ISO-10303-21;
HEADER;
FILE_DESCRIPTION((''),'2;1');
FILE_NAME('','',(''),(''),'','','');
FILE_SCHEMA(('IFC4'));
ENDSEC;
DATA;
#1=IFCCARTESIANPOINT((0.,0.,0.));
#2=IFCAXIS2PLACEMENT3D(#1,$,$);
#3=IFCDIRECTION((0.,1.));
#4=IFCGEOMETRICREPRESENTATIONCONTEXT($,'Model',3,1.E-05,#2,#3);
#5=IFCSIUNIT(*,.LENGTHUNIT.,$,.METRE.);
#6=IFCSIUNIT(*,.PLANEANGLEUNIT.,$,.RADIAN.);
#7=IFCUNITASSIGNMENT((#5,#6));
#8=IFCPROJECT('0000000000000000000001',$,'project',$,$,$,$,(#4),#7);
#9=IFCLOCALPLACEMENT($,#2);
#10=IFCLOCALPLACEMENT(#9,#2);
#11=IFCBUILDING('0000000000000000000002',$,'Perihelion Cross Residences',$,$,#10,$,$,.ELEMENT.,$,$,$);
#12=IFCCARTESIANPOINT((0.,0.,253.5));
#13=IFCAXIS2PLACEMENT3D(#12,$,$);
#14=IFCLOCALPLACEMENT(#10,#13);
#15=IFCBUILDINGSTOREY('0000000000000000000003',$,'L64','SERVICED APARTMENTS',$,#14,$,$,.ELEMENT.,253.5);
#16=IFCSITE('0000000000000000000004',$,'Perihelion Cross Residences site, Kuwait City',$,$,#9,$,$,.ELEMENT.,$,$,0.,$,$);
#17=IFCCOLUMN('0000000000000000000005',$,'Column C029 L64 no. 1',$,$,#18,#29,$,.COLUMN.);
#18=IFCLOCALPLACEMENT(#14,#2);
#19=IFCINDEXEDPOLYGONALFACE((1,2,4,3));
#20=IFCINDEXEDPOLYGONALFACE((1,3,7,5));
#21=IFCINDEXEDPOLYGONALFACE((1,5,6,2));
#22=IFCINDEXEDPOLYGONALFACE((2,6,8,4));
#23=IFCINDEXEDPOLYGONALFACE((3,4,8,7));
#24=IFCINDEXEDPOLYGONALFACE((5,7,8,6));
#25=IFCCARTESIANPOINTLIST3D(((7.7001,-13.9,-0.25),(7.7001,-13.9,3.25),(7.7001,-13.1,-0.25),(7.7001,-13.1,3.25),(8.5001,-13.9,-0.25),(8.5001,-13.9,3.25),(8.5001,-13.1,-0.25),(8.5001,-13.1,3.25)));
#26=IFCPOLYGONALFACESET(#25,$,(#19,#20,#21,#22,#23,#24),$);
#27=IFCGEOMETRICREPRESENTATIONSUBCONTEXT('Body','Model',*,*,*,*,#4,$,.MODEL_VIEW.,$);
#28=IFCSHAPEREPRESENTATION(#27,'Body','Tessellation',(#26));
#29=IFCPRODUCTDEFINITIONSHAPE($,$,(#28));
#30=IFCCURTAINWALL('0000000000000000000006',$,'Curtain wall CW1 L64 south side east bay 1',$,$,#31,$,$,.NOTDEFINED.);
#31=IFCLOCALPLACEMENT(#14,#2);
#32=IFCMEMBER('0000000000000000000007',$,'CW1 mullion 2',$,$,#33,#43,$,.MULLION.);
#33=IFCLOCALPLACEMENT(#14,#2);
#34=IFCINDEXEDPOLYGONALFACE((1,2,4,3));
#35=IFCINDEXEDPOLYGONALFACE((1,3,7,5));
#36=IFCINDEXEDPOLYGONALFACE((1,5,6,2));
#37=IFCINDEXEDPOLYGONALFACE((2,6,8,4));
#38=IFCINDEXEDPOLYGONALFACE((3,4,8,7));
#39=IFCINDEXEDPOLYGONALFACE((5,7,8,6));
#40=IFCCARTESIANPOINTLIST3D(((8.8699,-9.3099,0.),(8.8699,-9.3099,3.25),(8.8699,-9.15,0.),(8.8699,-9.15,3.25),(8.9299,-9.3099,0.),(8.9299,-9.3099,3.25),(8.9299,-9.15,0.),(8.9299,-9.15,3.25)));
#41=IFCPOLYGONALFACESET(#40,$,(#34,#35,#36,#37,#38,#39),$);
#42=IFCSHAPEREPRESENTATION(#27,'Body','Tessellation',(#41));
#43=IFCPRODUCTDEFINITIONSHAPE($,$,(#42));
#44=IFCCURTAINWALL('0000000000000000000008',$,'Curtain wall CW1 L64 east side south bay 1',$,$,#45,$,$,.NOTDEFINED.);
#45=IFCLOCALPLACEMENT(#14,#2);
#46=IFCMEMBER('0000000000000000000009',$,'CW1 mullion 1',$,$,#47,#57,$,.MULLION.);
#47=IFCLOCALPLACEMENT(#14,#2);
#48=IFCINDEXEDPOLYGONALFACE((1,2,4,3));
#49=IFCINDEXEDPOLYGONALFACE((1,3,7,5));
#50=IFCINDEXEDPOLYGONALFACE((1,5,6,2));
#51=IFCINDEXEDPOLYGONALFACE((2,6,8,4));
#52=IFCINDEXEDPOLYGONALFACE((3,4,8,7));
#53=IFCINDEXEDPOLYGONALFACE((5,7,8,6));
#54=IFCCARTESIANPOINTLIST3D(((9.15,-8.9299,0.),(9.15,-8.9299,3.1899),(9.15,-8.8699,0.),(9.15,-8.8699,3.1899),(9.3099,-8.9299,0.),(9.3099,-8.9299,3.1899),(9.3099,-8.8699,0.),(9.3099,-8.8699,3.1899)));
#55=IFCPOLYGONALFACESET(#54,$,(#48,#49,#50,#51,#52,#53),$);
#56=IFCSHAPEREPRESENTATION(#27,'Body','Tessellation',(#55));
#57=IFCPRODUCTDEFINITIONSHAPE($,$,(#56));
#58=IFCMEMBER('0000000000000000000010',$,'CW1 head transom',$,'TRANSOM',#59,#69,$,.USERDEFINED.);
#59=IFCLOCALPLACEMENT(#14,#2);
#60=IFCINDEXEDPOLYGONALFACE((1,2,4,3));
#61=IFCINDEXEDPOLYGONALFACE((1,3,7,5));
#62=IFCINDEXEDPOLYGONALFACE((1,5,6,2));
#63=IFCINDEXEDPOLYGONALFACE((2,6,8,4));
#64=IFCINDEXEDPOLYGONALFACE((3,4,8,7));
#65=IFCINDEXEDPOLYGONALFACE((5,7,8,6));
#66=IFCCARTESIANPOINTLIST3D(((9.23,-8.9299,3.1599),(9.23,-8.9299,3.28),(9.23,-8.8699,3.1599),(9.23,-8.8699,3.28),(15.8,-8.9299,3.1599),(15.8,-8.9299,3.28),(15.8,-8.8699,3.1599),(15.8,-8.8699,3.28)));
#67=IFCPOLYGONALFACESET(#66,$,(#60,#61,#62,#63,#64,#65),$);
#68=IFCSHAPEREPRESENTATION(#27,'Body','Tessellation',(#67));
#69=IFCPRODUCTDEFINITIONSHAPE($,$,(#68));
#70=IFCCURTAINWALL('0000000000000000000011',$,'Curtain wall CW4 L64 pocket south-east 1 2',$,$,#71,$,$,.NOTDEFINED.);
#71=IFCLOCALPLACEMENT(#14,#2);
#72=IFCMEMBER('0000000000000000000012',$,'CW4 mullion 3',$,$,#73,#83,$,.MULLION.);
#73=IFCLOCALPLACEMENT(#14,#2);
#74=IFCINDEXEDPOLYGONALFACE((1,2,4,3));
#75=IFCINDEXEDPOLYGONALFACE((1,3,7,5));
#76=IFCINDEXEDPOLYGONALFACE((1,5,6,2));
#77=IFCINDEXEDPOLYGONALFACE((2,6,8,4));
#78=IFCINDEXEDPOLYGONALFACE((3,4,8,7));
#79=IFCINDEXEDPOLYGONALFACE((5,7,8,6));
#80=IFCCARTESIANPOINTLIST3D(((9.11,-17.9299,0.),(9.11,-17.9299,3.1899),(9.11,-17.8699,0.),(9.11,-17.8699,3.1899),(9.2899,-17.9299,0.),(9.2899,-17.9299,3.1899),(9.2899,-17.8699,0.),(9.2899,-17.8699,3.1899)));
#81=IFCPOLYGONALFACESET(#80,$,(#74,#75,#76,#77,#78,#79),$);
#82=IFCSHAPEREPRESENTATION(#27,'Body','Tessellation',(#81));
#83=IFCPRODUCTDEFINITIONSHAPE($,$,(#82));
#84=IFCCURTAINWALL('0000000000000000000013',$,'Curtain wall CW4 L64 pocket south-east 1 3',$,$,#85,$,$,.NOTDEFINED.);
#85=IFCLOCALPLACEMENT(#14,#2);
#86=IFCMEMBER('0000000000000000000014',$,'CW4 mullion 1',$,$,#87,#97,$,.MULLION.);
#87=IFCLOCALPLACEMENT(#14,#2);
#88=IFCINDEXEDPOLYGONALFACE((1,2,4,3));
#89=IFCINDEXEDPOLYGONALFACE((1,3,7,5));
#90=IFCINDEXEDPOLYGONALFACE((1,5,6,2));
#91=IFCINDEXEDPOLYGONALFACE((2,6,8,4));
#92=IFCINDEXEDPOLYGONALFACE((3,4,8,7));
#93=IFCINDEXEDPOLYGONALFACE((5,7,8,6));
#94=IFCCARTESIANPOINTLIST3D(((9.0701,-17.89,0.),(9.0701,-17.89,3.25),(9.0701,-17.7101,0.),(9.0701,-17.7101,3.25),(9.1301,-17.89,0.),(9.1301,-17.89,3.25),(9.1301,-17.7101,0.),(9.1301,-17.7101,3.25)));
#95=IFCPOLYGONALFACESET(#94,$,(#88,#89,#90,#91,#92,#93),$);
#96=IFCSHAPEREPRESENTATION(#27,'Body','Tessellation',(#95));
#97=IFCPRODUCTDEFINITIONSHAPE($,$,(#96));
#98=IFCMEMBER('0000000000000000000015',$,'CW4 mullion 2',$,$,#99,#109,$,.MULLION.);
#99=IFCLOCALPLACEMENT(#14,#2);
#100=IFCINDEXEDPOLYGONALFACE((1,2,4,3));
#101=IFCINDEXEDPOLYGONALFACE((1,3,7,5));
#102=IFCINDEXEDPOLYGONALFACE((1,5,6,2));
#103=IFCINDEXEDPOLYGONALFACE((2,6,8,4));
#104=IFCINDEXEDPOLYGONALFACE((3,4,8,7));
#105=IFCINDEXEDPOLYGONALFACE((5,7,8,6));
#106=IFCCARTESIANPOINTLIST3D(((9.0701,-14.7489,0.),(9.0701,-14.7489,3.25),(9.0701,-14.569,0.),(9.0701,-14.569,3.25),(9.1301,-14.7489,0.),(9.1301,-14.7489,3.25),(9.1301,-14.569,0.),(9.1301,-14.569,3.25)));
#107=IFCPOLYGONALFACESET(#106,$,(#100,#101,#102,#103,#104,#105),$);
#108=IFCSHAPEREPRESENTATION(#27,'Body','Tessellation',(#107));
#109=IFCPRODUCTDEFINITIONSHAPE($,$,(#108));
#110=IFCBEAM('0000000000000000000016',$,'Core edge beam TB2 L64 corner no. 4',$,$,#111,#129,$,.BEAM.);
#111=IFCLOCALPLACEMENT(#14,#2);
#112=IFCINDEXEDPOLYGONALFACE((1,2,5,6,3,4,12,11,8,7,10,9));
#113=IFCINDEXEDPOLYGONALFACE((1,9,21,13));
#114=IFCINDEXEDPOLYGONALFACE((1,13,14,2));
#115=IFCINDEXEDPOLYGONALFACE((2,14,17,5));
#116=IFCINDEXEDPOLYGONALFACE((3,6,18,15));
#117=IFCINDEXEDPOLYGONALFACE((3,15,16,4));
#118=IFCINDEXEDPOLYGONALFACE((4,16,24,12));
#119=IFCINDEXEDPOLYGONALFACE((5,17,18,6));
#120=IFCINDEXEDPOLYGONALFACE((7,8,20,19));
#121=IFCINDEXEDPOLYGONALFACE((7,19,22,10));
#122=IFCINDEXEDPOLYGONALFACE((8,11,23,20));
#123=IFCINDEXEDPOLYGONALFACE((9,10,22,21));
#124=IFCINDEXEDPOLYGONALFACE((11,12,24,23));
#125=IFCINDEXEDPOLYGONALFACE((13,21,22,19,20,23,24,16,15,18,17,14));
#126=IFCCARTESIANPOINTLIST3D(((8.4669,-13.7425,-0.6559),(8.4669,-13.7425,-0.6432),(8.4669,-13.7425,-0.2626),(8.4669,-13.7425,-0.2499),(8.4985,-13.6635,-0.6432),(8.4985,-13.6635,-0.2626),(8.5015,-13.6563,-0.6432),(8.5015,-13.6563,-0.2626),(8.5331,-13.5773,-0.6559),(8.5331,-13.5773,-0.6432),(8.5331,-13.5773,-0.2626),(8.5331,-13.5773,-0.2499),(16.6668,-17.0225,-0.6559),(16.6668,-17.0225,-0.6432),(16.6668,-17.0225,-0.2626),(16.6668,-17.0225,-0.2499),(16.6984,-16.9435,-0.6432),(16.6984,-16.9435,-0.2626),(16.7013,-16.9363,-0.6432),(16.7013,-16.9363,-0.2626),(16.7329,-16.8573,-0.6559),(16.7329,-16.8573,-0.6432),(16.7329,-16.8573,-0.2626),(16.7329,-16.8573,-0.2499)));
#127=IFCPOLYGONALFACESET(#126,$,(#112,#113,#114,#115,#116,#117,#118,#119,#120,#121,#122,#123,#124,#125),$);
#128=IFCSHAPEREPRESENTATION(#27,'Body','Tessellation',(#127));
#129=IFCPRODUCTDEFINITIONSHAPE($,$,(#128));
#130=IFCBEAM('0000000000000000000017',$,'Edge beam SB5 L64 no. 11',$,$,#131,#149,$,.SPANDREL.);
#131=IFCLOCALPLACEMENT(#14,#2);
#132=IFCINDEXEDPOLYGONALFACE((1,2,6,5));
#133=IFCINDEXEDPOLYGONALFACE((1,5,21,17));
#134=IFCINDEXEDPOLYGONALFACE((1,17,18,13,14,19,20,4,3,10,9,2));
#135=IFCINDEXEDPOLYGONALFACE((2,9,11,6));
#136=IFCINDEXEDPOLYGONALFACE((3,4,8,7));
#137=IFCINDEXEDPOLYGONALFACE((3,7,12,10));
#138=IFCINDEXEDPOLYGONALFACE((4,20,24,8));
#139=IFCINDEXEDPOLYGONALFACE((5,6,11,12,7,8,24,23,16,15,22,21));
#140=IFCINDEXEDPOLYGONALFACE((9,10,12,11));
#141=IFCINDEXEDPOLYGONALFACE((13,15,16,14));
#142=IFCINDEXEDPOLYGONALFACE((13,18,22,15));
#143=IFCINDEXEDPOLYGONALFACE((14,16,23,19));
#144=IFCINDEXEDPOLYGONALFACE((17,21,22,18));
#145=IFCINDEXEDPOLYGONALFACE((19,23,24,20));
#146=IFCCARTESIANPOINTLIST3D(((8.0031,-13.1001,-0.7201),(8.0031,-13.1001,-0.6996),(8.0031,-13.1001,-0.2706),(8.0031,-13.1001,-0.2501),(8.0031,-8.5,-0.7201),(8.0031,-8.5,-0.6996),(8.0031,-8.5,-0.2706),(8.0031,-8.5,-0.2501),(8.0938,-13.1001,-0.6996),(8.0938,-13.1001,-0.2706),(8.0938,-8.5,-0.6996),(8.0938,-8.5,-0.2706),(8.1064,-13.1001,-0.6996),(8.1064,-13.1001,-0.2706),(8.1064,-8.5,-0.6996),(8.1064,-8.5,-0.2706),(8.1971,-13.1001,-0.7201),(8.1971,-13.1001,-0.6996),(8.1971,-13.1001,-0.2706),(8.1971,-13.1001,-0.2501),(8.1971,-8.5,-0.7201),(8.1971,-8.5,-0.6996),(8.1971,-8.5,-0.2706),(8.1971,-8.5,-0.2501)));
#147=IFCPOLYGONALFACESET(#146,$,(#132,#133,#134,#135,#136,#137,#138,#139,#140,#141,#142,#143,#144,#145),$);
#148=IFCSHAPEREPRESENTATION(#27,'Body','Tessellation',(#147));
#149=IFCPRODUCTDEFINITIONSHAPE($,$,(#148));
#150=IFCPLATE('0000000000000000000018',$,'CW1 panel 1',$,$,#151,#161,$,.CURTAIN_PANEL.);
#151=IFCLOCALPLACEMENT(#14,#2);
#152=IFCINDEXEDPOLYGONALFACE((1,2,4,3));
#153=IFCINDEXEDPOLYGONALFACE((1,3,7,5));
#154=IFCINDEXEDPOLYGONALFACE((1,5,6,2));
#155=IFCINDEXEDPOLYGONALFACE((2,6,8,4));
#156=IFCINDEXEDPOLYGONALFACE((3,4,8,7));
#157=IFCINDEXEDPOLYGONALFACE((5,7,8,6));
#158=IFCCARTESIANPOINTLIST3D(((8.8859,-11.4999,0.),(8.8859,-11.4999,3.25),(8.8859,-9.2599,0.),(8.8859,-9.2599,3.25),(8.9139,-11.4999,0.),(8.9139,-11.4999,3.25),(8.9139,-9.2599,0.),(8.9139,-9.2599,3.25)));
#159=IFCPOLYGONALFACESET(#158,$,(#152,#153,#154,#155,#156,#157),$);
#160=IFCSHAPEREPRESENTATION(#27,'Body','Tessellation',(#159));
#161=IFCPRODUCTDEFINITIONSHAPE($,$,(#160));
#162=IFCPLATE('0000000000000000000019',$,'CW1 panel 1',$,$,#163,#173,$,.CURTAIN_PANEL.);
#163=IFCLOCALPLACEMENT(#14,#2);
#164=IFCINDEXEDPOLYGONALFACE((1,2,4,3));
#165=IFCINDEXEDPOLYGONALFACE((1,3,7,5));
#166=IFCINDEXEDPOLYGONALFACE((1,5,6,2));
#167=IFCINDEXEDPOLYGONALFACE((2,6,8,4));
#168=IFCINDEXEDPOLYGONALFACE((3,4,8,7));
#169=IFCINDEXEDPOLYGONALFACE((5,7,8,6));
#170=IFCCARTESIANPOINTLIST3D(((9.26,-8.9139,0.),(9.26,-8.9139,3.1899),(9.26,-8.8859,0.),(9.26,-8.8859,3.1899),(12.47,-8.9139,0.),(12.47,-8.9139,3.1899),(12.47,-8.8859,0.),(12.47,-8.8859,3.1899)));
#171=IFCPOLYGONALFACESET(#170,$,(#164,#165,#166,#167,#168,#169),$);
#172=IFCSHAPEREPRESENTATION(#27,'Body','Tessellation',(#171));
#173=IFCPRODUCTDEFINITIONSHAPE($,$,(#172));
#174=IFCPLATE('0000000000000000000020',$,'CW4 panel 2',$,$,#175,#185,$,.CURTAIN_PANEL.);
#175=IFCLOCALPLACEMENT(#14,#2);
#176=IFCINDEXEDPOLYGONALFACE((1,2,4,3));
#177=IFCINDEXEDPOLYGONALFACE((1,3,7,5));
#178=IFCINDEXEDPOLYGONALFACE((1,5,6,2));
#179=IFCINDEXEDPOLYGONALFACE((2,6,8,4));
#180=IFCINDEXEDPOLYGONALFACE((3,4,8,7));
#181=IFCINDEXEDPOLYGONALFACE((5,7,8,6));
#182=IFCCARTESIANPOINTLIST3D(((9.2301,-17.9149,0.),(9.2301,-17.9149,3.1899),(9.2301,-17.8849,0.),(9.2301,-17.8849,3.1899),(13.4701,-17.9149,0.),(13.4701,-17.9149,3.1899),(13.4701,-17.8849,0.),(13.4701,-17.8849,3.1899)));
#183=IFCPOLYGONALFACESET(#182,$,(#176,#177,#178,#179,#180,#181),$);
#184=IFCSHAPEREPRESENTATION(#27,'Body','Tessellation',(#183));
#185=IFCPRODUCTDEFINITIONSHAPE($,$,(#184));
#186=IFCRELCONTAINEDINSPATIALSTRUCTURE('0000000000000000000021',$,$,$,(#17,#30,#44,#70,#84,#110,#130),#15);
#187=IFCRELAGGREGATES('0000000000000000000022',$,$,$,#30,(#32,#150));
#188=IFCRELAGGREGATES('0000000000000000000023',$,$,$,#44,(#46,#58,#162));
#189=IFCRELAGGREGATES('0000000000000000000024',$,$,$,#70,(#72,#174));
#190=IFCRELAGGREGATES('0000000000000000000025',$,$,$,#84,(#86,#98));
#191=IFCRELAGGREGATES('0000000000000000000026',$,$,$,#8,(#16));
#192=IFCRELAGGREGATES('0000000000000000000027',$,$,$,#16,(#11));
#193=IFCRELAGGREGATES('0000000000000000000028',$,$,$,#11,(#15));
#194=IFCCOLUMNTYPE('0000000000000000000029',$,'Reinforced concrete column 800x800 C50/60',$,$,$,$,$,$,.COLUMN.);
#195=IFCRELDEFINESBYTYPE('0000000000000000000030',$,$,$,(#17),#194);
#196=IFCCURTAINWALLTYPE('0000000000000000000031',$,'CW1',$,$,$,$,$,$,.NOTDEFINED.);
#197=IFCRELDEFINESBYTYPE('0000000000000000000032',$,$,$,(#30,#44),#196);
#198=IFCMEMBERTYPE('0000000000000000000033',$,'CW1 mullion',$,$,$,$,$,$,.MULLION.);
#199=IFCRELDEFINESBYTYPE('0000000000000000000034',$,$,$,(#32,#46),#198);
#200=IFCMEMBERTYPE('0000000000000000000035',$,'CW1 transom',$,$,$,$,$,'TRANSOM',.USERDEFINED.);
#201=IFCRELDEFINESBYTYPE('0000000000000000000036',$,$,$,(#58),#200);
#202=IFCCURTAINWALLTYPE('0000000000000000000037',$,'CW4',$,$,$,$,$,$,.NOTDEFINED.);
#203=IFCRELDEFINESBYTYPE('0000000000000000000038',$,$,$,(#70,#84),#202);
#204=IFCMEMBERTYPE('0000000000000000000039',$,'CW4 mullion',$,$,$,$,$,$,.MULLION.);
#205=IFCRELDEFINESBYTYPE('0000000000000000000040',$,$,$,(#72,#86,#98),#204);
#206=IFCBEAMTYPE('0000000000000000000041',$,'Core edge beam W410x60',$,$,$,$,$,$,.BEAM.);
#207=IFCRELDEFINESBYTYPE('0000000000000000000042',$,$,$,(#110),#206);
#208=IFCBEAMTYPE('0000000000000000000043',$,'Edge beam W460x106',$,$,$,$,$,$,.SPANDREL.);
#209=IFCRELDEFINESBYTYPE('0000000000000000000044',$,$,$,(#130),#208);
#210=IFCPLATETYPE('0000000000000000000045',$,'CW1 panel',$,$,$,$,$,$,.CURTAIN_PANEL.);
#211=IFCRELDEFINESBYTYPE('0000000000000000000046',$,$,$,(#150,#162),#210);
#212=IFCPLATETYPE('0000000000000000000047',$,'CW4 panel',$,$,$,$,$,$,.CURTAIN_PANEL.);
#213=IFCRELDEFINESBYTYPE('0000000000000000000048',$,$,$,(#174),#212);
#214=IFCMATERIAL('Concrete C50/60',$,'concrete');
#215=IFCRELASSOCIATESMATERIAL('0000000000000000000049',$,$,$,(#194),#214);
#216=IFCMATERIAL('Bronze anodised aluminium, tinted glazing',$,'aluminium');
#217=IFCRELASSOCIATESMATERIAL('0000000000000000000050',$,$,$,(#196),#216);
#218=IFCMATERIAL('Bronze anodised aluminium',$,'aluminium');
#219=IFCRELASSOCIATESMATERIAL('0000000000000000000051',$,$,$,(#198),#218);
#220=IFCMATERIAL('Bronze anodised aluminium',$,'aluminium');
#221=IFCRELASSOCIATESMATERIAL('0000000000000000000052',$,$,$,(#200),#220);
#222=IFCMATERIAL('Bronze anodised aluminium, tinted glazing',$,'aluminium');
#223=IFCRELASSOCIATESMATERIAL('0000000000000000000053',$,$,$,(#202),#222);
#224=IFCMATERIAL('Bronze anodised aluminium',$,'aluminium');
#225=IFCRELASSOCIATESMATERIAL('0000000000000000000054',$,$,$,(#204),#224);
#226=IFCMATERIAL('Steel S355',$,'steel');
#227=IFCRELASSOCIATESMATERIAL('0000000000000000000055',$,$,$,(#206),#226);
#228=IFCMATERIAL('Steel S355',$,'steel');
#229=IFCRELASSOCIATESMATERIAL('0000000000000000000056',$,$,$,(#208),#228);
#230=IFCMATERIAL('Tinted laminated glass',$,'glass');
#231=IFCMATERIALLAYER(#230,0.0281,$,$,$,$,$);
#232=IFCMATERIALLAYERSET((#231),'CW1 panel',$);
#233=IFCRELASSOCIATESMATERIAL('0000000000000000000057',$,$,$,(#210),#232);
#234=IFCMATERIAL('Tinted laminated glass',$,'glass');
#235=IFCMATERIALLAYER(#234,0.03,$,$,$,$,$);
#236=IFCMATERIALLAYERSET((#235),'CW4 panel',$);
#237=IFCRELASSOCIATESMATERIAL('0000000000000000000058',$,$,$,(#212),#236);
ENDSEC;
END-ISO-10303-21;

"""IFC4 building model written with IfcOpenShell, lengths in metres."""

from ifc_helpers import new_model, si_unit, direction, frame, origin, origin_2d, place, context, subcontext, project, spatial, rectangle, i_section, extrude, material, layer, layer_set, material_profile, profile_set, type_object, element, aggregate, save


model = new_model("IFC4")

# Units and contexts
model_context = context("Model", 3, precision=1e-05, world=origin(), true_north=direction((0.0, 1.0)))
body_context = subcontext(model_context, "Body", "Model", "MODEL_VIEW")
ifc_project = project(units=[si_unit("LENGTHUNIT", "METRE"), si_unit("PLANEANGLEUNIT", "RADIAN")], contexts=[model_context])

# Site, building, storey
site_placement = place(None, origin())
site = spatial("IfcSite", under=ifc_project, at=site_placement, Name="Perihelion Cross Residences site, Kuwait City", CompositionType="ELEMENT", RefElevation=0.0)
building_placement = place(site_placement, origin())
building = spatial("IfcBuilding", under=site, at=building_placement, Name="Perihelion Cross Residences", CompositionType="ELEMENT")
storey_placement = place(building_placement, frame((0.0, 0.0, 253.5)))
storey = spatial("IfcBuildingStorey", under=building, at=storey_placement, Name="L64", Description="SERVICED APARTMENTS", CompositionType="ELEMENT", Elevation=253.5)

# Column
ifc_material_1 = material(Name="Concrete C50/60", Category="concrete")
ifc_material_profile_1 = material_profile(ifc_material_1, rectangle(XDim=0.8, YDim=0.8, at=origin_2d()), Name="RC 800x800")
ifc_profile_set_1 = profile_set([ifc_material_profile_1], Name="Concrete C50/60")
column_type = type_object("IfcColumnType", Name="Reinforced concrete column 800x800 C50/60", PredefinedType="COLUMN", material=ifc_profile_set_1)
column_placement = place(storey_placement, frame((8.1001, -13.5, -0.25), z_axis=(0.0, 0.0, 1.0), x_axis=(1.0, 0.0, 0.0)))
element("IfcColumn", 1, at=column_placement, inside=storey, type_object=column_type, Name="Column C029 L64 no. 1", PredefinedType="COLUMN", context=body_context, shape_type="SweptSolid", body=[
    extrude(rectangle(XDim=0.8, YDim=0.8, at=origin_2d()), origin(), (0.0, 0.0, 1.0), 3.5),
])

# Curtain wall, member
ifc_material_2 = material(Name="Bronze anodised aluminium, tinted glazing", Category="aluminium")
curtain_wall_type_1 = type_object("IfcCurtainWallType", Name="CW1", PredefinedType="NOTDEFINED", material=ifc_material_2)
curtain_wall_1_placement = place(storey_placement, origin())
curtain_wall_1 = element("IfcCurtainWall", 2, at=curtain_wall_1_placement, inside=storey, type_object=curtain_wall_type_1, Name="Curtain wall CW1 L64 south side east bay 1", PredefinedType="NOTDEFINED")
ifc_material_3 = material(Name="Bronze anodised aluminium", Category="aluminium")
ifc_material_profile_2 = material_profile(ifc_material_3, rectangle(XDim=0.0601, YDim=0.1599, at=origin_2d()), Name="CW1 mullion")
ifc_profile_set_2 = profile_set([ifc_material_profile_2], Name="Bronze anodised aluminium")
member_type_1 = type_object("IfcMemberType", Name="CW1 mullion", PredefinedType="MULLION", material=ifc_profile_set_2)
member_1_placement = place(storey_placement, frame((8.8999, -9.23, 0.0), z_axis=(0.0, 0.0, 1.0), x_axis=(-1.0, 0.0, 0.0)))
member_1 = element("IfcMember", 3, at=member_1_placement, type_object=member_type_1, Name="CW1 mullion 2", PredefinedType="MULLION", context=body_context, shape_type="SweptSolid", body=[
    extrude(rectangle(XDim=0.0601, YDim=0.1599, at=origin_2d()), origin(), (0.0, 0.0, 1.0), 3.25),
])

# Curtain wall, members
curtain_wall_2_placement = place(storey_placement, origin())
curtain_wall_2 = element("IfcCurtainWall", 4, at=curtain_wall_2_placement, inside=storey, type_object=curtain_wall_type_1, Name="Curtain wall CW1 L64 east side south bay 1", PredefinedType="NOTDEFINED")
member_2_placement = place(storey_placement, frame((9.23, -8.8999, 0.0), z_axis=(0.0, 0.0, 1.0), x_axis=(0.0, 1.0, 0.0)))
member_2 = element("IfcMember", 5, at=member_2_placement, type_object=member_type_1, Name="CW1 mullion 1", PredefinedType="MULLION", context=body_context, shape_type="SweptSolid", body=[
    extrude(rectangle(XDim=0.0601, YDim=0.1599, at=origin_2d()), origin(), (0.0, 0.0, 1.0), 3.1899),
])
ifc_material_4 = material(Name="Bronze anodised aluminium", Category="aluminium")
ifc_material_profile_3 = material_profile(ifc_material_4, rectangle(XDim=0.0601, YDim=0.1201, at=origin_2d()), Name="CW1 transom")
ifc_profile_set_3 = profile_set([ifc_material_profile_3], Name="Bronze anodised aluminium")
member_type_2 = type_object("IfcMemberType", Name="CW1 transom", ElementType="TRANSOM", PredefinedType="USERDEFINED", material=ifc_profile_set_3)
member_3_placement = place(storey_placement, frame((9.23, -8.8999, 3.22), z_axis=(1.0, 0.0, 0.0), x_axis=(0.0, 1.0, 0.0)))
member_3 = element("IfcMember", 6, at=member_3_placement, type_object=member_type_2, Name="CW1 head transom", ObjectType="TRANSOM", PredefinedType="USERDEFINED", context=body_context, shape_type="SweptSolid", body=[
    extrude(rectangle(XDim=0.0601, YDim=0.1201, at=origin_2d()), origin(), (0.0, 0.0, 1.0), 6.5701),
])

# Curtain wall, member
ifc_material_5 = material(Name="Bronze anodised aluminium, tinted glazing", Category="aluminium")
curtain_wall_type_2 = type_object("IfcCurtainWallType", Name="CW4", PredefinedType="NOTDEFINED", material=ifc_material_5)
curtain_wall_3_placement = place(storey_placement, origin())
curtain_wall_3 = element("IfcCurtainWall", 7, at=curtain_wall_3_placement, inside=storey, type_object=curtain_wall_type_2, Name="Curtain wall CW4 L64 pocket south-east 1 2", PredefinedType="NOTDEFINED")
ifc_material_6 = material(Name="Bronze anodised aluminium", Category="aluminium")
ifc_material_profile_4 = material_profile(ifc_material_6, rectangle(XDim=0.0601, YDim=0.1799, at=origin_2d()), Name="CW4 mullion")
ifc_profile_set_4 = profile_set([ifc_material_profile_4], Name="Bronze anodised aluminium")
member_type_3 = type_object("IfcMemberType", Name="CW4 mullion", PredefinedType="MULLION", material=ifc_profile_set_4)
member_4_placement = place(storey_placement, frame((9.2, -17.8999, 0.0), z_axis=(0.0, 0.0, 1.0), x_axis=(0.0, -1.0, 0.0)))
member_4 = element("IfcMember", 8, at=member_4_placement, type_object=member_type_3, Name="CW4 mullion 3", PredefinedType="MULLION", context=body_context, shape_type="SweptSolid", body=[
    extrude(rectangle(XDim=0.0601, YDim=0.1799, at=origin_2d()), origin(), (0.0, 0.0, 1.0), 3.1899),
])

# Curtain wall, members
curtain_wall_4_placement = place(storey_placement, origin())
curtain_wall_4 = element("IfcCurtainWall", 9, at=curtain_wall_4_placement, inside=storey, type_object=curtain_wall_type_2, Name="Curtain wall CW4 L64 pocket south-east 1 3", PredefinedType="NOTDEFINED")
member_5_placement = place(storey_placement, frame((9.1001, -17.8, 0.0), z_axis=(0.0, 0.0, 1.0), x_axis=(-1.0, 0.0, 0.0)))
member_5 = element("IfcMember", 10, at=member_5_placement, type_object=member_type_3, Name="CW4 mullion 1", PredefinedType="MULLION", context=body_context, shape_type="SweptSolid", body=[
    extrude(rectangle(XDim=0.0601, YDim=0.1799, at=origin_2d()), origin(), (0.0, 0.0, 1.0), 3.25),
])
member_6_placement = place(storey_placement, frame((9.1001, -14.6589, 0.0), z_axis=(0.0, 0.0, 1.0), x_axis=(-1.0, 0.0, 0.0)))
member_6 = element("IfcMember", 11, at=member_6_placement, type_object=member_type_3, Name="CW4 mullion 2", PredefinedType="MULLION", context=body_context, shape_type="SweptSolid", body=[
    extrude(rectangle(XDim=0.0601, YDim=0.1799, at=origin_2d()), origin(), (0.0, 0.0, 1.0), 3.25),
])

# Beams
ifc_material_7 = material(Name="Steel S355", Category="steel")
ifc_material_profile_5 = material_profile(ifc_material_7, i_section(OverallWidth=0.178, OverallDepth=0.406, WebThickness=0.0078, FlangeThickness=0.0127, at=origin_2d()), Name="W410x60")
ifc_profile_set_5 = profile_set([ifc_material_profile_5], Name="Steel S355")
beam_type_1 = type_object("IfcBeamType", Name="Core edge beam W410x60", PredefinedType="BEAM", material=ifc_profile_set_5)
beam_1_placement = place(storey_placement, frame((8.5, -13.6599, -0.4529), z_axis=(0.928475, -0.371395, 0.0), x_axis=(0.371395, 0.928475, 0.0)))
element("IfcBeam", 12, at=beam_1_placement, inside=storey, type_object=beam_type_1, Name="Core edge beam TB2 L64 corner no. 4", PredefinedType="BEAM", context=body_context, shape_type="SweptSolid", body=[
    extrude(i_section(OverallWidth=0.178, OverallDepth=0.406, WebThickness=0.0078, FlangeThickness=0.0127, at=origin_2d()), origin(), (0.0, 0.0, 1.0), 8.8315),
])
ifc_material_8 = material(Name="Steel S355", Category="steel")
ifc_material_profile_6 = material_profile(ifc_material_8, i_section(OverallWidth=0.1941, OverallDepth=0.47, WebThickness=0.0127, FlangeThickness=0.0205, at=origin_2d()), Name="W460x106")
ifc_profile_set_6 = profile_set([ifc_material_profile_6], Name="Steel S355")
beam_type_2 = type_object("IfcBeamType", Name="Edge beam W460x106", PredefinedType="SPANDREL", material=ifc_profile_set_6)
beam_2_placement = place(storey_placement, frame((8.1001, -13.1001, -0.4851), z_axis=(0.0, 1.0, 0.0), x_axis=(-1.0, 0.0, 0.0)))
element("IfcBeam", 13, at=beam_2_placement, inside=storey, type_object=beam_type_2, Name="Edge beam SB5 L64 no. 11", PredefinedType="SPANDREL", context=body_context, shape_type="SweptSolid", body=[
    extrude(i_section(OverallWidth=0.1941, OverallDepth=0.47, WebThickness=0.0127, FlangeThickness=0.0205, at=origin_2d()), origin(), (0.0, 0.0, 1.0), 4.6001),
])

# Plates
ifc_material_9 = material(Name="Tinted laminated glass", Category="glass")
ifc_layer_1 = layer(ifc_material_9, 0.0281)
ifc_layer_set_1 = layer_set([ifc_layer_1], Name="CW1 panel")
plate_type_1 = type_object("IfcPlateType", Name="CW1 panel", PredefinedType="CURTAIN_PANEL", material=ifc_layer_set_1)
plate_1_placement = place(storey_placement, frame((8.8999, -10.3799, 0.0), z_axis=(0.0, 0.0, 1.0), x_axis=(0.0, 1.0, 0.0)))
plate_1 = element("IfcPlate", 14, at=plate_1_placement, type_object=plate_type_1, Name="CW1 panel 1", PredefinedType="CURTAIN_PANEL", context=body_context, shape_type="SweptSolid", body=[
    extrude(rectangle(XDim=2.24, YDim=0.0281, at=origin_2d()), origin(), (0.0, 0.0, 1.0), 3.25),
])
aggregate(curtain_wall_1, [member_1, plate_1])
plate_2_placement = place(storey_placement, frame((10.865, -8.8999, 0.0), z_axis=(0.0, 0.0, 1.0), x_axis=(1.0, 0.0, 0.0)))
plate_2 = element("IfcPlate", 15, at=plate_2_placement, type_object=plate_type_1, Name="CW1 panel 1", PredefinedType="CURTAIN_PANEL", context=body_context, shape_type="SweptSolid", body=[
    extrude(rectangle(XDim=3.21, YDim=0.0281, at=origin_2d()), origin(), (0.0, 0.0, 1.0), 3.1899),
])
aggregate(curtain_wall_2, [member_2, member_3, plate_2])
ifc_material_10 = material(Name="Tinted laminated glass", Category="glass")
ifc_layer_2 = layer(ifc_material_10, 0.03)
ifc_layer_set_2 = layer_set([ifc_layer_2], Name="CW4 panel")
plate_type_2 = type_object("IfcPlateType", Name="CW4 panel", PredefinedType="CURTAIN_PANEL", material=ifc_layer_set_2)
plate_3_placement = place(storey_placement, frame((11.3501, -17.8999, 0.0), z_axis=(0.0, 0.0, 1.0), x_axis=(-1.0, 0.0, 0.0)))
plate_3 = element("IfcPlate", 16, at=plate_3_placement, type_object=plate_type_2, Name="CW4 panel 2", PredefinedType="CURTAIN_PANEL", context=body_context, shape_type="SweptSolid", body=[
    extrude(rectangle(XDim=4.24, YDim=0.03, at=origin_2d()), origin(), (0.0, 0.0, 1.0), 3.1899),
])
aggregate(curtain_wall_3, [member_4, plate_3])
aggregate(curtain_wall_4, [member_5, member_6])

save(model, "model.ifc")
